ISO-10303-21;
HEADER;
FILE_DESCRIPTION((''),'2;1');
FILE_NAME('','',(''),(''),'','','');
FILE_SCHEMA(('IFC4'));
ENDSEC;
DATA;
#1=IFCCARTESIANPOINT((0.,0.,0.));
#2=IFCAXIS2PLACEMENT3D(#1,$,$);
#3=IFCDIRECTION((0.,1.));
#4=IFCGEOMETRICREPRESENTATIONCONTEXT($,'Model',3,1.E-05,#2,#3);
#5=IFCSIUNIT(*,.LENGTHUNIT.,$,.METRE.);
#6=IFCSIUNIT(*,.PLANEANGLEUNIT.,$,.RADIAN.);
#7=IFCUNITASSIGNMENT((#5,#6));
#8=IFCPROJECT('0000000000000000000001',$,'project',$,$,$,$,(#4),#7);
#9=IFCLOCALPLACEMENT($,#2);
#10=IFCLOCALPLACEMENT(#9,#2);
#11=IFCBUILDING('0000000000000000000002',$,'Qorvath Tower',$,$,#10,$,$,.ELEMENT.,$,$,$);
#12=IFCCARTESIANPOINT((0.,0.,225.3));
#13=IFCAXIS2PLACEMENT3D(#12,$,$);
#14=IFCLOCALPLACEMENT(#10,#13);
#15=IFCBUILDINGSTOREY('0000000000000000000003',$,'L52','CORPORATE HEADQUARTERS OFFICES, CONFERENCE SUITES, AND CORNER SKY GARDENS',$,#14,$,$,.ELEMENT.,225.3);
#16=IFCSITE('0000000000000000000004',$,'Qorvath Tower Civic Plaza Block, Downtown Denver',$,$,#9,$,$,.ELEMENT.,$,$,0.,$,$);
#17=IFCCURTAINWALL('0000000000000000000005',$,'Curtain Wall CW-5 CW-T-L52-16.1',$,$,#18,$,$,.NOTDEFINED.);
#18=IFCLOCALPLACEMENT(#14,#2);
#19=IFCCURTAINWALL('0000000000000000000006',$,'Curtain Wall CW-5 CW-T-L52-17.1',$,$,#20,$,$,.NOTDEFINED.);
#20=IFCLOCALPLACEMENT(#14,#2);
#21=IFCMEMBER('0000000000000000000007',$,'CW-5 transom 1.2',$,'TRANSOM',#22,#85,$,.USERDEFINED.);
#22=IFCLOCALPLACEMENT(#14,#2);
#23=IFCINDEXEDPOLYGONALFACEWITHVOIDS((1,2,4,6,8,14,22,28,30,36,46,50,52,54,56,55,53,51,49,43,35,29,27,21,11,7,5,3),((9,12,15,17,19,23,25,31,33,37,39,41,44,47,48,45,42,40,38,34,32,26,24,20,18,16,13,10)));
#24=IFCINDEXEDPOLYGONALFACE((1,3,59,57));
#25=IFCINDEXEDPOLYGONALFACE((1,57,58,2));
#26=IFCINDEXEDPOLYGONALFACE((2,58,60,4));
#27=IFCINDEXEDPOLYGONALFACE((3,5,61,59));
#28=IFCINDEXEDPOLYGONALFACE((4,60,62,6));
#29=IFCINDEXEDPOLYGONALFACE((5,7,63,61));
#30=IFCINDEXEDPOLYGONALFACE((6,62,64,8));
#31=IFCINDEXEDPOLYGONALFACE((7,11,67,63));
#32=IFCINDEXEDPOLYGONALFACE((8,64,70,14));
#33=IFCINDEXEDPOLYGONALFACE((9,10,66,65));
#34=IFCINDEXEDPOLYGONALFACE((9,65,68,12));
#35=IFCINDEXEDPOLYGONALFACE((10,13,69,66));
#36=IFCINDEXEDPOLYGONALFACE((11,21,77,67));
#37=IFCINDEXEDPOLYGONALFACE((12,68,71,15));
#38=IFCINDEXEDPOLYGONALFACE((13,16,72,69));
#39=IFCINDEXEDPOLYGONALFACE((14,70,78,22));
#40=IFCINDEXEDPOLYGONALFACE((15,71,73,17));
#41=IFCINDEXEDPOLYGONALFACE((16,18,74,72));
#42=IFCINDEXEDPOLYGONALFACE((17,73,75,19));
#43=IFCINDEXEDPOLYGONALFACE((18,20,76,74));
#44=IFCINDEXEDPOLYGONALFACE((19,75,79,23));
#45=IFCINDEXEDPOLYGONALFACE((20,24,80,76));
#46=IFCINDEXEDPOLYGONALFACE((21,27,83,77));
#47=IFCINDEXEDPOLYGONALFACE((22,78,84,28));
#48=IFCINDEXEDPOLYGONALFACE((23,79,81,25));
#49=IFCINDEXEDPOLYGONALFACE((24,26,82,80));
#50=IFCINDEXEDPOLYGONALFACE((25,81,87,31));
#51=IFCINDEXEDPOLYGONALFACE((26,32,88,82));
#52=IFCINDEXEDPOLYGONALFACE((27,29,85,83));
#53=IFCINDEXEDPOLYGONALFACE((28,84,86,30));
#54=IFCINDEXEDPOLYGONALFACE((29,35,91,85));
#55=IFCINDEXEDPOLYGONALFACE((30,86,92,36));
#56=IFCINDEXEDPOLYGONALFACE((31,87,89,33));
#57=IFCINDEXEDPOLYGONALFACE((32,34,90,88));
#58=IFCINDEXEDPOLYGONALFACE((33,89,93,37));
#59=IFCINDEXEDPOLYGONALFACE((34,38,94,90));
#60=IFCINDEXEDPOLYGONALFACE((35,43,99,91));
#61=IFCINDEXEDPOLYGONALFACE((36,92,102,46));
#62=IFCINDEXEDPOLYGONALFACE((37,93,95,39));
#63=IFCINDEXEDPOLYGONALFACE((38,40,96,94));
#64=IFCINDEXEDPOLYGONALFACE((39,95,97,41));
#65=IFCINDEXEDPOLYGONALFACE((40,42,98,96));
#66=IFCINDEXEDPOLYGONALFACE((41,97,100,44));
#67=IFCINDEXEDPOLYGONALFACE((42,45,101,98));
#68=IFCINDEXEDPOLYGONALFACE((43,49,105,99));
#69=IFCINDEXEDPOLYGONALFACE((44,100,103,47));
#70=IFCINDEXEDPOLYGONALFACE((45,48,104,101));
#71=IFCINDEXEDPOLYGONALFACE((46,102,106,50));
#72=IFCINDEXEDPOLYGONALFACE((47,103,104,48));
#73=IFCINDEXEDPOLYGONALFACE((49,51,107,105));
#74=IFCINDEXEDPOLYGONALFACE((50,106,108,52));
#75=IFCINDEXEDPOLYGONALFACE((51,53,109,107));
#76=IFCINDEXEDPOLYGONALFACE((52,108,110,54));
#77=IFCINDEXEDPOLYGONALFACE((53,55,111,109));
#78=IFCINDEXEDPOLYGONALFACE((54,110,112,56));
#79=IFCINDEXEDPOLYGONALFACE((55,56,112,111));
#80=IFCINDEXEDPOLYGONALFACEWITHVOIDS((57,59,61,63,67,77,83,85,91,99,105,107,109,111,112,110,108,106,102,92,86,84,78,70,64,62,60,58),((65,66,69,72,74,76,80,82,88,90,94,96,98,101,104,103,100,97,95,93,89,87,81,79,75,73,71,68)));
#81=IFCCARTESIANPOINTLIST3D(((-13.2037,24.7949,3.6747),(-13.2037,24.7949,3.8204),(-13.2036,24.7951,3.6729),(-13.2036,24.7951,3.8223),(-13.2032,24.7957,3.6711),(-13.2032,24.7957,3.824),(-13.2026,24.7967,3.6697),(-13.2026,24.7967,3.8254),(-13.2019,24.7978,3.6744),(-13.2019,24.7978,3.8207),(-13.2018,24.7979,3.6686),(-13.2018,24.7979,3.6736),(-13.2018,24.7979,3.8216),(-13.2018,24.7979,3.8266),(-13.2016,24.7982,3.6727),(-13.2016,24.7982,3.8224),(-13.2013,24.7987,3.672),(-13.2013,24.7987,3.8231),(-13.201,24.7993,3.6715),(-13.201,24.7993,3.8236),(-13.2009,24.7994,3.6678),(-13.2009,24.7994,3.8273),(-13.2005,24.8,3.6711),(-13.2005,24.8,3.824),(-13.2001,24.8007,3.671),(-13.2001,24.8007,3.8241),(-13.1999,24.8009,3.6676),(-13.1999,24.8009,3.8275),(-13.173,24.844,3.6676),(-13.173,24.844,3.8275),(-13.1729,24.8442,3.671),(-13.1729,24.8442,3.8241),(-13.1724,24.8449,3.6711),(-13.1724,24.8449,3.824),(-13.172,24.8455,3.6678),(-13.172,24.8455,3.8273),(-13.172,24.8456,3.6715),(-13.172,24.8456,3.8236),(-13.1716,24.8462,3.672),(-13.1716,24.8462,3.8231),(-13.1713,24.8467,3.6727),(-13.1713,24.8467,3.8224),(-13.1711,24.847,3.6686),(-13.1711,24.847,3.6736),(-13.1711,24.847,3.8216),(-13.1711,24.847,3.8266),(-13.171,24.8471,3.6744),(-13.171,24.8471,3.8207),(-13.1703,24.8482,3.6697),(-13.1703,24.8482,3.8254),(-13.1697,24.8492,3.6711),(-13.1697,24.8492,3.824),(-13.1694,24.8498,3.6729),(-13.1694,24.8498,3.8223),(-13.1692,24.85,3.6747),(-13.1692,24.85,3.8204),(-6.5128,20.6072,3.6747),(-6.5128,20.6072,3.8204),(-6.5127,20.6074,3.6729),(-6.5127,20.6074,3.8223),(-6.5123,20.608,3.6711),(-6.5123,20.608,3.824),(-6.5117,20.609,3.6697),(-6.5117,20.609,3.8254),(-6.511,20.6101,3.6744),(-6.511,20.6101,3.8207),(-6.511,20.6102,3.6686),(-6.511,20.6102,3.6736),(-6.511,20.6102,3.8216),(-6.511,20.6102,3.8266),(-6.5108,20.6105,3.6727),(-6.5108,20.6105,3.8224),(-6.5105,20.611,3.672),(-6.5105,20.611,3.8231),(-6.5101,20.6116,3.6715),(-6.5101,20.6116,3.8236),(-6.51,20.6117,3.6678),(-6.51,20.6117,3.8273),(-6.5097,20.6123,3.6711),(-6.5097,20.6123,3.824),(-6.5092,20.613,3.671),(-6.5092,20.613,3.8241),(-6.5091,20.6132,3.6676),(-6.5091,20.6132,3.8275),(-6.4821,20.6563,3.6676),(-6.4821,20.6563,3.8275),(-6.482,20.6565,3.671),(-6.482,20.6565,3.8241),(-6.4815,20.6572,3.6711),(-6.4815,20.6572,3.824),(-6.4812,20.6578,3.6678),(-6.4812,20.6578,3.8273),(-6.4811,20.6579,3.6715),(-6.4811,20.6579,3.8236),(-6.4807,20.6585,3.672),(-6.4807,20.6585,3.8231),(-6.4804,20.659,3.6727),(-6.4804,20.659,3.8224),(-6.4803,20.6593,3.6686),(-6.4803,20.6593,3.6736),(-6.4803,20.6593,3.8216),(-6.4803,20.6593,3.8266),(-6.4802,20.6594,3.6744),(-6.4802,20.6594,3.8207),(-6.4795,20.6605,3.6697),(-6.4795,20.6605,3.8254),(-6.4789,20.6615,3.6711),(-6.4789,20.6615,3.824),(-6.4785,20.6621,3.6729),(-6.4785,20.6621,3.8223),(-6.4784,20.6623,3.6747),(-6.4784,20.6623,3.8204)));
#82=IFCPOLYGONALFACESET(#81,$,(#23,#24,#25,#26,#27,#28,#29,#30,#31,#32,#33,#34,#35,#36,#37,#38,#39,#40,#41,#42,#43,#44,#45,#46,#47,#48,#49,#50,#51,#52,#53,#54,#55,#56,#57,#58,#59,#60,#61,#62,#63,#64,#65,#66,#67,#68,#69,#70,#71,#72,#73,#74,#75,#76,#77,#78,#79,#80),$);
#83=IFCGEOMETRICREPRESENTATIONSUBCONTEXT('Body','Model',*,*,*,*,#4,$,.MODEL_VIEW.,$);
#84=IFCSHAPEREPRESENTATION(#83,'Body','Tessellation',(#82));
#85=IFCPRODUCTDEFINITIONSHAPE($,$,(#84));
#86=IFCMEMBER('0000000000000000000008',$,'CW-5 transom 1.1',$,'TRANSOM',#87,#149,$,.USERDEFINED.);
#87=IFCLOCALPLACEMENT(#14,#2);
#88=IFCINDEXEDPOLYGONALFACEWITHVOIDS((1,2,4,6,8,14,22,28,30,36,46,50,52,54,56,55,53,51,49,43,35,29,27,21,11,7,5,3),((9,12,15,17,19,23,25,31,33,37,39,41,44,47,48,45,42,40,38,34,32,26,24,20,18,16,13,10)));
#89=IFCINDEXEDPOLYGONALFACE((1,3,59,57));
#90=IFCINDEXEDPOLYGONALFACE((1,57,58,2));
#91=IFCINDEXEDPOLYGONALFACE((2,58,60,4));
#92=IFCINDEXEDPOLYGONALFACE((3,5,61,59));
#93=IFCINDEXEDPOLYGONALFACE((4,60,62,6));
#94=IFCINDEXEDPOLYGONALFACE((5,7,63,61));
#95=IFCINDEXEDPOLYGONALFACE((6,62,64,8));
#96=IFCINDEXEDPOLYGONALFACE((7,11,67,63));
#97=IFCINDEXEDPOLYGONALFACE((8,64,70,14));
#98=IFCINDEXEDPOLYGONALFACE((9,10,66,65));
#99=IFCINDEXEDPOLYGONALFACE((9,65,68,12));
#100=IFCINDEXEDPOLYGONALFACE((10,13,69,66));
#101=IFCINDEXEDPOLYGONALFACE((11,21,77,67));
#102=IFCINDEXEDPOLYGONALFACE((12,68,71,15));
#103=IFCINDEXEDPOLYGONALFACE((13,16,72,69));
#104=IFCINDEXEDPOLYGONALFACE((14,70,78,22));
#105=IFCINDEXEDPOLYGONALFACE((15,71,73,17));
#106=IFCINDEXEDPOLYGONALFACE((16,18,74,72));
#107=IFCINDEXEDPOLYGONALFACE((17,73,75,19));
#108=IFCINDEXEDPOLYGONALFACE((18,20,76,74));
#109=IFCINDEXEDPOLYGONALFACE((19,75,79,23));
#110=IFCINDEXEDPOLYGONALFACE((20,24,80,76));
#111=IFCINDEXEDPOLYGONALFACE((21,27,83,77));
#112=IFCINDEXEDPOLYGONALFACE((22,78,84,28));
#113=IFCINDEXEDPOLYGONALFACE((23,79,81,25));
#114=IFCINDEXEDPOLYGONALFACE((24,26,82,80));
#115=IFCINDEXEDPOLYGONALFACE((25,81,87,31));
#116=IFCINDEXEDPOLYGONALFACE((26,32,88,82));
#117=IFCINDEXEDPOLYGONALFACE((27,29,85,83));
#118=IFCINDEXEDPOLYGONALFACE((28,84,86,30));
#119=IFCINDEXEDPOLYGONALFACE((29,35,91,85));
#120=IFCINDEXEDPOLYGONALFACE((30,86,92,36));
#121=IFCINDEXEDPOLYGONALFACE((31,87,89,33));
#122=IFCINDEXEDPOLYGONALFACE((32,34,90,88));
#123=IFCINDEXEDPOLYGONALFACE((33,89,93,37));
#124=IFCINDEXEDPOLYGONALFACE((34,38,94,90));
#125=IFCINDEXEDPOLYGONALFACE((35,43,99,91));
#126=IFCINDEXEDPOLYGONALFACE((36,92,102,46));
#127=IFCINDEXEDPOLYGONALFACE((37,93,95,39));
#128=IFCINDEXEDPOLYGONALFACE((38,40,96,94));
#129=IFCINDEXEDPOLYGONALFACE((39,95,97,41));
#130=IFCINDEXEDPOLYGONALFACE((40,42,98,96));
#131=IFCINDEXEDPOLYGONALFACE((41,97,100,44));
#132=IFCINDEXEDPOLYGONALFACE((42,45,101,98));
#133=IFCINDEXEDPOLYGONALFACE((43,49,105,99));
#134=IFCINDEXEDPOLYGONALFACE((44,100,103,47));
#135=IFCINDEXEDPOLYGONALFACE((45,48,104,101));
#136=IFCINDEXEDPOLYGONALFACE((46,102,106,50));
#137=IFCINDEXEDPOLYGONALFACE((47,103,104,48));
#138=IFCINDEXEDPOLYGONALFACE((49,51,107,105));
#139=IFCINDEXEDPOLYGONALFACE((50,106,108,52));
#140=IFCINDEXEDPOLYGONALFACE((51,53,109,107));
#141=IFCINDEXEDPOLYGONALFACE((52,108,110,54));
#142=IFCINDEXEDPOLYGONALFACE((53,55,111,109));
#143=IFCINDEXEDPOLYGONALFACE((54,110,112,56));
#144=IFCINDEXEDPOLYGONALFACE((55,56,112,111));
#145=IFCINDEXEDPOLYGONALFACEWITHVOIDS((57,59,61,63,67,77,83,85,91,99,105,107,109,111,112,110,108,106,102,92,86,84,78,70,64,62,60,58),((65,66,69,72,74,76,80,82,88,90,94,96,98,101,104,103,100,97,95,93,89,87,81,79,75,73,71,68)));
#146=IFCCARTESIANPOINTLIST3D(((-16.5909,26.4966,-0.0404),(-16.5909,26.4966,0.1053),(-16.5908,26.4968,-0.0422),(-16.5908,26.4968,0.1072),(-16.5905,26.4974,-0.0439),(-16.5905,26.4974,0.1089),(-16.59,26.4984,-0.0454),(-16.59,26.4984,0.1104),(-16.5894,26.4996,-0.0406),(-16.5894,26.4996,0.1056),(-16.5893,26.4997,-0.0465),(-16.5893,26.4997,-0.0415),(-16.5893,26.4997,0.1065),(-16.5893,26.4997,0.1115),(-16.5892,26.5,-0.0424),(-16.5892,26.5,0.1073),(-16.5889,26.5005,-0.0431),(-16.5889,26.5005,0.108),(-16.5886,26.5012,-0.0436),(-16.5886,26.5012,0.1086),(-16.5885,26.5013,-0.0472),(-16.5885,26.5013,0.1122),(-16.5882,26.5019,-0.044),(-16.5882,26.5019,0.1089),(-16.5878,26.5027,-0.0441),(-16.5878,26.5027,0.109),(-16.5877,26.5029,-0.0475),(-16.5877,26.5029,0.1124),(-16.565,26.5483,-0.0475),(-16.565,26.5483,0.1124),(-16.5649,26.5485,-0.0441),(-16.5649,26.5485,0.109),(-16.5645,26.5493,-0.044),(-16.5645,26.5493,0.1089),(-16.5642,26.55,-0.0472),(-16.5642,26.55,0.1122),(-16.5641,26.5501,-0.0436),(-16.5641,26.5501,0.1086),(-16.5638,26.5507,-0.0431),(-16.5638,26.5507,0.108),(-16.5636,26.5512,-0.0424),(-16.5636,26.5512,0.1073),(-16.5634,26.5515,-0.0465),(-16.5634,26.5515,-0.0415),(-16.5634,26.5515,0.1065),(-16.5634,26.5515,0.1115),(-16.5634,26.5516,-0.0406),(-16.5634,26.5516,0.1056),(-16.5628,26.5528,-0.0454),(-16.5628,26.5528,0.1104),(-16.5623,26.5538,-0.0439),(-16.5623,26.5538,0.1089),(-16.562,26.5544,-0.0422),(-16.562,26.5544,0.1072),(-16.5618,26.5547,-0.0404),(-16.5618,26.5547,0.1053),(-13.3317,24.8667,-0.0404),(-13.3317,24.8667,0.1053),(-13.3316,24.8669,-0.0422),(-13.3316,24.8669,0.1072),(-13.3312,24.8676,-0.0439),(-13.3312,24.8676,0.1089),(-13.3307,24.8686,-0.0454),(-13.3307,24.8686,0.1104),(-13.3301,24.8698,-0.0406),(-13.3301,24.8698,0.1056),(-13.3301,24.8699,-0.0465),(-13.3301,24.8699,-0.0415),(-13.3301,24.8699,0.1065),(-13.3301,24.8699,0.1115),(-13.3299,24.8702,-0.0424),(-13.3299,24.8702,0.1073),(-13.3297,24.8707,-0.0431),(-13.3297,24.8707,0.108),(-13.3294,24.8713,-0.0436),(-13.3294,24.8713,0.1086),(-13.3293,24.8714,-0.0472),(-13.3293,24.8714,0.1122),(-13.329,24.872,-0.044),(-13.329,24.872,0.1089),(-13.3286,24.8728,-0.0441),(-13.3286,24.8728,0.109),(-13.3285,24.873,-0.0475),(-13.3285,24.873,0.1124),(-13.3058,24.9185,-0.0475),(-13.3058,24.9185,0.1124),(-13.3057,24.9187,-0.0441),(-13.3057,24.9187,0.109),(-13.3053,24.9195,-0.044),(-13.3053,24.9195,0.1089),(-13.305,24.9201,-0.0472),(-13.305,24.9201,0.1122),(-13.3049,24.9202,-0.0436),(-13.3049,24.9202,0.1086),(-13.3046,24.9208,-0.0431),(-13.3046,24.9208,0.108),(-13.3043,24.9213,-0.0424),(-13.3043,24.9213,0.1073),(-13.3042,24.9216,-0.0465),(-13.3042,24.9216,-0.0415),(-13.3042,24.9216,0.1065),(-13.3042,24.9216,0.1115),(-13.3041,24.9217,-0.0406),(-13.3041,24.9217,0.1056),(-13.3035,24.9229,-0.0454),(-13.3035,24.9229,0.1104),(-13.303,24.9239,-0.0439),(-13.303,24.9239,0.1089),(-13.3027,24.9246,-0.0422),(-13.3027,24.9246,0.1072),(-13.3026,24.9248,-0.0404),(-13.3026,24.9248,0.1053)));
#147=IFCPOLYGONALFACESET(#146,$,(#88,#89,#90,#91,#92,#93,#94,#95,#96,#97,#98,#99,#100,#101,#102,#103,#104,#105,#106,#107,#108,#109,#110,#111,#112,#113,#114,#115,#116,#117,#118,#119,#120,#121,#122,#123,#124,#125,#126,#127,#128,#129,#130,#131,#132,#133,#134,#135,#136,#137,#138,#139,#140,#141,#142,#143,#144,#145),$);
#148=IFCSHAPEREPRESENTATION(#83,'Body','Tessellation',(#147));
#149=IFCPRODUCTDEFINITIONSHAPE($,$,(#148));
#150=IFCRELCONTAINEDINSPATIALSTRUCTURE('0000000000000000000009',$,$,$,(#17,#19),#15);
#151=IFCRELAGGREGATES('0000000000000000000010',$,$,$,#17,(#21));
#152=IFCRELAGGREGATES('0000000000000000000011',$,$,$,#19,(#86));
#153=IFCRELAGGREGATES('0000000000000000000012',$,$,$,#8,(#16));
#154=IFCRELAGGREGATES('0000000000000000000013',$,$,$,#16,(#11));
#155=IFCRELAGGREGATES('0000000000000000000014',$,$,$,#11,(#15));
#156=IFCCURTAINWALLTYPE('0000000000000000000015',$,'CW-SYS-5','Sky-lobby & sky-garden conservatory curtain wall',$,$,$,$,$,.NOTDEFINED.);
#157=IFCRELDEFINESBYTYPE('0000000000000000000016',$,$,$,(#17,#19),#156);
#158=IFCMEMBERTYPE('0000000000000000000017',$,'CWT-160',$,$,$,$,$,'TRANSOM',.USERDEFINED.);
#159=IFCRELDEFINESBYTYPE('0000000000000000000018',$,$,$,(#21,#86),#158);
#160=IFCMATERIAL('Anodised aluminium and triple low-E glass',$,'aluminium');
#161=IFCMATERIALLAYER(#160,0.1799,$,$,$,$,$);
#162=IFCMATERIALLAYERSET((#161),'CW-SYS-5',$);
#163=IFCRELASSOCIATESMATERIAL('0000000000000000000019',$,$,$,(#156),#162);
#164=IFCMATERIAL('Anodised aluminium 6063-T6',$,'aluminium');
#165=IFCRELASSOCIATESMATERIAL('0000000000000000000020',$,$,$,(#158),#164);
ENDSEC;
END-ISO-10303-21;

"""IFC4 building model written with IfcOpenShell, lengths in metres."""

from ifc_helpers import new_model, si_unit, direction, frame, origin, origin_2d, place, context, subcontext, project, spatial, hollow_rectangle, extrude, material, layer, layer_set, material_profile, profile_set, type_object, element, aggregate, save


model = new_model("IFC4")

# Units and contexts
model_context = context("Model", 3, precision=1e-05, world=origin(), true_north=direction((0.0, 1.0)))
body_context = subcontext(model_context, "Body", "Model", "MODEL_VIEW")
ifc_project = project(units=[si_unit("LENGTHUNIT", "METRE"), si_unit("PLANEANGLEUNIT", "RADIAN")], contexts=[model_context])

# Site, building, storey
site_placement = place(None, origin())
site = spatial("IfcSite", under=ifc_project, at=site_placement, Name="Qorvath Tower Civic Plaza Block, Downtown Denver", CompositionType="ELEMENT", RefElevation=0.0)
building_placement = place(site_placement, origin())
building = spatial("IfcBuilding", under=site, at=building_placement, Name="Qorvath Tower", CompositionType="ELEMENT")
storey_placement = place(building_placement, frame((0.0, 0.0, 225.3)))
storey = spatial("IfcBuildingStorey", under=building, at=storey_placement, Name="L52", Description="CORPORATE HEADQUARTERS OFFICES, CONFERENCE SUITES, AND CORNER SKY GARDENS", CompositionType="ELEMENT", Elevation=225.3)

# Shared definitions
ifc_material_1 = material(Name="Anodised aluminium and triple low-E glass", Category="aluminium")
ifc_layer_1 = layer(ifc_material_1, 0.1799)
ifc_layer_set_1 = layer_set([ifc_layer_1], Name="CW-SYS-5")
curtain_wall_type = type_object("IfcCurtainWallType", Name="CW-SYS-5", Description="Sky-lobby & sky-garden conservatory curtain wall", PredefinedType="NOTDEFINED", material=ifc_layer_set_1)

# Curtain walls
curtain_wall_1_placement = place(storey_placement, origin())
curtain_wall_1 = element("IfcCurtainWall", 1, at=curtain_wall_1_placement, inside=storey, type_object=curtain_wall_type, Name="Curtain Wall CW-5 CW-T-L52-16.1", PredefinedType="NOTDEFINED")
curtain_wall_2_placement = place(storey_placement, origin())
curtain_wall_2 = element("IfcCurtainWall", 2, at=curtain_wall_2_placement, inside=storey, type_object=curtain_wall_type, Name="Curtain Wall CW-5 CW-T-L52-17.1", PredefinedType="NOTDEFINED")

# Members
ifc_material_2 = material(Name="Anodised aluminium 6063-T6", Category="aluminium")
ifc_material_profile_1 = material_profile(ifc_material_2, hollow_rectangle(XDim=0.0649, YDim=0.1599, WallThickness=0.0034, InnerFilletRadius=0.0034, OuterFilletRadius=0.0071, at=origin_2d()), Name="CWT 160x65")
ifc_profile_set_1 = profile_set([ifc_material_profile_1], Name="Anodised aluminium 6063-T6")
member_type_1 = type_object("IfcMemberType", Name="CWT-160", ElementType="TRANSOM", PredefinedType="USERDEFINED", material=ifc_profile_set_1)
member_1_placement = place(storey_placement, frame((-6.4956, 20.6348, 3.7476), z_axis=(-0.847661, 0.530538, 0.0), x_axis=(-0.530538, -0.847661, 0.0)))
member_1 = element("IfcMember", 3, at=member_1_placement, type_object=member_type_1, Name="CW-5 transom 1.2", ObjectType="TRANSOM", PredefinedType="USERDEFINED", context=body_context, shape_type="SweptSolid", body=[
    extrude(hollow_rectangle(XDim=0.0649, YDim=0.1599, WallThickness=0.0034, InnerFilletRadius=0.0034, OuterFilletRadius=0.0071, at=origin_2d()), origin(), (0.0, 0.0, 1.0), 7.8933),
])
member_2_placement = place(storey_placement, frame((-13.3171, 24.8958, 0.0325), z_axis=(-0.8944, 0.447267, 0.0), x_axis=(-0.447267, -0.8944, 0.0)))
member_2 = element("IfcMember", 4, at=member_2_placement, type_object=member_type_1, Name="CW-5 transom 1.1", ObjectType="TRANSOM", PredefinedType="USERDEFINED", context=body_context, shape_type="SweptSolid", body=[
    extrude(hollow_rectangle(XDim=0.0649, YDim=0.1599, WallThickness=0.0034, InnerFilletRadius=0.0034, OuterFilletRadius=0.0071, at=origin_2d()), origin(), (0.0, 0.0, 1.0), 3.644),
])

aggregate(curtain_wall_1, [member_1])
aggregate(curtain_wall_2, [member_2])

save(model, "model.ifc")
